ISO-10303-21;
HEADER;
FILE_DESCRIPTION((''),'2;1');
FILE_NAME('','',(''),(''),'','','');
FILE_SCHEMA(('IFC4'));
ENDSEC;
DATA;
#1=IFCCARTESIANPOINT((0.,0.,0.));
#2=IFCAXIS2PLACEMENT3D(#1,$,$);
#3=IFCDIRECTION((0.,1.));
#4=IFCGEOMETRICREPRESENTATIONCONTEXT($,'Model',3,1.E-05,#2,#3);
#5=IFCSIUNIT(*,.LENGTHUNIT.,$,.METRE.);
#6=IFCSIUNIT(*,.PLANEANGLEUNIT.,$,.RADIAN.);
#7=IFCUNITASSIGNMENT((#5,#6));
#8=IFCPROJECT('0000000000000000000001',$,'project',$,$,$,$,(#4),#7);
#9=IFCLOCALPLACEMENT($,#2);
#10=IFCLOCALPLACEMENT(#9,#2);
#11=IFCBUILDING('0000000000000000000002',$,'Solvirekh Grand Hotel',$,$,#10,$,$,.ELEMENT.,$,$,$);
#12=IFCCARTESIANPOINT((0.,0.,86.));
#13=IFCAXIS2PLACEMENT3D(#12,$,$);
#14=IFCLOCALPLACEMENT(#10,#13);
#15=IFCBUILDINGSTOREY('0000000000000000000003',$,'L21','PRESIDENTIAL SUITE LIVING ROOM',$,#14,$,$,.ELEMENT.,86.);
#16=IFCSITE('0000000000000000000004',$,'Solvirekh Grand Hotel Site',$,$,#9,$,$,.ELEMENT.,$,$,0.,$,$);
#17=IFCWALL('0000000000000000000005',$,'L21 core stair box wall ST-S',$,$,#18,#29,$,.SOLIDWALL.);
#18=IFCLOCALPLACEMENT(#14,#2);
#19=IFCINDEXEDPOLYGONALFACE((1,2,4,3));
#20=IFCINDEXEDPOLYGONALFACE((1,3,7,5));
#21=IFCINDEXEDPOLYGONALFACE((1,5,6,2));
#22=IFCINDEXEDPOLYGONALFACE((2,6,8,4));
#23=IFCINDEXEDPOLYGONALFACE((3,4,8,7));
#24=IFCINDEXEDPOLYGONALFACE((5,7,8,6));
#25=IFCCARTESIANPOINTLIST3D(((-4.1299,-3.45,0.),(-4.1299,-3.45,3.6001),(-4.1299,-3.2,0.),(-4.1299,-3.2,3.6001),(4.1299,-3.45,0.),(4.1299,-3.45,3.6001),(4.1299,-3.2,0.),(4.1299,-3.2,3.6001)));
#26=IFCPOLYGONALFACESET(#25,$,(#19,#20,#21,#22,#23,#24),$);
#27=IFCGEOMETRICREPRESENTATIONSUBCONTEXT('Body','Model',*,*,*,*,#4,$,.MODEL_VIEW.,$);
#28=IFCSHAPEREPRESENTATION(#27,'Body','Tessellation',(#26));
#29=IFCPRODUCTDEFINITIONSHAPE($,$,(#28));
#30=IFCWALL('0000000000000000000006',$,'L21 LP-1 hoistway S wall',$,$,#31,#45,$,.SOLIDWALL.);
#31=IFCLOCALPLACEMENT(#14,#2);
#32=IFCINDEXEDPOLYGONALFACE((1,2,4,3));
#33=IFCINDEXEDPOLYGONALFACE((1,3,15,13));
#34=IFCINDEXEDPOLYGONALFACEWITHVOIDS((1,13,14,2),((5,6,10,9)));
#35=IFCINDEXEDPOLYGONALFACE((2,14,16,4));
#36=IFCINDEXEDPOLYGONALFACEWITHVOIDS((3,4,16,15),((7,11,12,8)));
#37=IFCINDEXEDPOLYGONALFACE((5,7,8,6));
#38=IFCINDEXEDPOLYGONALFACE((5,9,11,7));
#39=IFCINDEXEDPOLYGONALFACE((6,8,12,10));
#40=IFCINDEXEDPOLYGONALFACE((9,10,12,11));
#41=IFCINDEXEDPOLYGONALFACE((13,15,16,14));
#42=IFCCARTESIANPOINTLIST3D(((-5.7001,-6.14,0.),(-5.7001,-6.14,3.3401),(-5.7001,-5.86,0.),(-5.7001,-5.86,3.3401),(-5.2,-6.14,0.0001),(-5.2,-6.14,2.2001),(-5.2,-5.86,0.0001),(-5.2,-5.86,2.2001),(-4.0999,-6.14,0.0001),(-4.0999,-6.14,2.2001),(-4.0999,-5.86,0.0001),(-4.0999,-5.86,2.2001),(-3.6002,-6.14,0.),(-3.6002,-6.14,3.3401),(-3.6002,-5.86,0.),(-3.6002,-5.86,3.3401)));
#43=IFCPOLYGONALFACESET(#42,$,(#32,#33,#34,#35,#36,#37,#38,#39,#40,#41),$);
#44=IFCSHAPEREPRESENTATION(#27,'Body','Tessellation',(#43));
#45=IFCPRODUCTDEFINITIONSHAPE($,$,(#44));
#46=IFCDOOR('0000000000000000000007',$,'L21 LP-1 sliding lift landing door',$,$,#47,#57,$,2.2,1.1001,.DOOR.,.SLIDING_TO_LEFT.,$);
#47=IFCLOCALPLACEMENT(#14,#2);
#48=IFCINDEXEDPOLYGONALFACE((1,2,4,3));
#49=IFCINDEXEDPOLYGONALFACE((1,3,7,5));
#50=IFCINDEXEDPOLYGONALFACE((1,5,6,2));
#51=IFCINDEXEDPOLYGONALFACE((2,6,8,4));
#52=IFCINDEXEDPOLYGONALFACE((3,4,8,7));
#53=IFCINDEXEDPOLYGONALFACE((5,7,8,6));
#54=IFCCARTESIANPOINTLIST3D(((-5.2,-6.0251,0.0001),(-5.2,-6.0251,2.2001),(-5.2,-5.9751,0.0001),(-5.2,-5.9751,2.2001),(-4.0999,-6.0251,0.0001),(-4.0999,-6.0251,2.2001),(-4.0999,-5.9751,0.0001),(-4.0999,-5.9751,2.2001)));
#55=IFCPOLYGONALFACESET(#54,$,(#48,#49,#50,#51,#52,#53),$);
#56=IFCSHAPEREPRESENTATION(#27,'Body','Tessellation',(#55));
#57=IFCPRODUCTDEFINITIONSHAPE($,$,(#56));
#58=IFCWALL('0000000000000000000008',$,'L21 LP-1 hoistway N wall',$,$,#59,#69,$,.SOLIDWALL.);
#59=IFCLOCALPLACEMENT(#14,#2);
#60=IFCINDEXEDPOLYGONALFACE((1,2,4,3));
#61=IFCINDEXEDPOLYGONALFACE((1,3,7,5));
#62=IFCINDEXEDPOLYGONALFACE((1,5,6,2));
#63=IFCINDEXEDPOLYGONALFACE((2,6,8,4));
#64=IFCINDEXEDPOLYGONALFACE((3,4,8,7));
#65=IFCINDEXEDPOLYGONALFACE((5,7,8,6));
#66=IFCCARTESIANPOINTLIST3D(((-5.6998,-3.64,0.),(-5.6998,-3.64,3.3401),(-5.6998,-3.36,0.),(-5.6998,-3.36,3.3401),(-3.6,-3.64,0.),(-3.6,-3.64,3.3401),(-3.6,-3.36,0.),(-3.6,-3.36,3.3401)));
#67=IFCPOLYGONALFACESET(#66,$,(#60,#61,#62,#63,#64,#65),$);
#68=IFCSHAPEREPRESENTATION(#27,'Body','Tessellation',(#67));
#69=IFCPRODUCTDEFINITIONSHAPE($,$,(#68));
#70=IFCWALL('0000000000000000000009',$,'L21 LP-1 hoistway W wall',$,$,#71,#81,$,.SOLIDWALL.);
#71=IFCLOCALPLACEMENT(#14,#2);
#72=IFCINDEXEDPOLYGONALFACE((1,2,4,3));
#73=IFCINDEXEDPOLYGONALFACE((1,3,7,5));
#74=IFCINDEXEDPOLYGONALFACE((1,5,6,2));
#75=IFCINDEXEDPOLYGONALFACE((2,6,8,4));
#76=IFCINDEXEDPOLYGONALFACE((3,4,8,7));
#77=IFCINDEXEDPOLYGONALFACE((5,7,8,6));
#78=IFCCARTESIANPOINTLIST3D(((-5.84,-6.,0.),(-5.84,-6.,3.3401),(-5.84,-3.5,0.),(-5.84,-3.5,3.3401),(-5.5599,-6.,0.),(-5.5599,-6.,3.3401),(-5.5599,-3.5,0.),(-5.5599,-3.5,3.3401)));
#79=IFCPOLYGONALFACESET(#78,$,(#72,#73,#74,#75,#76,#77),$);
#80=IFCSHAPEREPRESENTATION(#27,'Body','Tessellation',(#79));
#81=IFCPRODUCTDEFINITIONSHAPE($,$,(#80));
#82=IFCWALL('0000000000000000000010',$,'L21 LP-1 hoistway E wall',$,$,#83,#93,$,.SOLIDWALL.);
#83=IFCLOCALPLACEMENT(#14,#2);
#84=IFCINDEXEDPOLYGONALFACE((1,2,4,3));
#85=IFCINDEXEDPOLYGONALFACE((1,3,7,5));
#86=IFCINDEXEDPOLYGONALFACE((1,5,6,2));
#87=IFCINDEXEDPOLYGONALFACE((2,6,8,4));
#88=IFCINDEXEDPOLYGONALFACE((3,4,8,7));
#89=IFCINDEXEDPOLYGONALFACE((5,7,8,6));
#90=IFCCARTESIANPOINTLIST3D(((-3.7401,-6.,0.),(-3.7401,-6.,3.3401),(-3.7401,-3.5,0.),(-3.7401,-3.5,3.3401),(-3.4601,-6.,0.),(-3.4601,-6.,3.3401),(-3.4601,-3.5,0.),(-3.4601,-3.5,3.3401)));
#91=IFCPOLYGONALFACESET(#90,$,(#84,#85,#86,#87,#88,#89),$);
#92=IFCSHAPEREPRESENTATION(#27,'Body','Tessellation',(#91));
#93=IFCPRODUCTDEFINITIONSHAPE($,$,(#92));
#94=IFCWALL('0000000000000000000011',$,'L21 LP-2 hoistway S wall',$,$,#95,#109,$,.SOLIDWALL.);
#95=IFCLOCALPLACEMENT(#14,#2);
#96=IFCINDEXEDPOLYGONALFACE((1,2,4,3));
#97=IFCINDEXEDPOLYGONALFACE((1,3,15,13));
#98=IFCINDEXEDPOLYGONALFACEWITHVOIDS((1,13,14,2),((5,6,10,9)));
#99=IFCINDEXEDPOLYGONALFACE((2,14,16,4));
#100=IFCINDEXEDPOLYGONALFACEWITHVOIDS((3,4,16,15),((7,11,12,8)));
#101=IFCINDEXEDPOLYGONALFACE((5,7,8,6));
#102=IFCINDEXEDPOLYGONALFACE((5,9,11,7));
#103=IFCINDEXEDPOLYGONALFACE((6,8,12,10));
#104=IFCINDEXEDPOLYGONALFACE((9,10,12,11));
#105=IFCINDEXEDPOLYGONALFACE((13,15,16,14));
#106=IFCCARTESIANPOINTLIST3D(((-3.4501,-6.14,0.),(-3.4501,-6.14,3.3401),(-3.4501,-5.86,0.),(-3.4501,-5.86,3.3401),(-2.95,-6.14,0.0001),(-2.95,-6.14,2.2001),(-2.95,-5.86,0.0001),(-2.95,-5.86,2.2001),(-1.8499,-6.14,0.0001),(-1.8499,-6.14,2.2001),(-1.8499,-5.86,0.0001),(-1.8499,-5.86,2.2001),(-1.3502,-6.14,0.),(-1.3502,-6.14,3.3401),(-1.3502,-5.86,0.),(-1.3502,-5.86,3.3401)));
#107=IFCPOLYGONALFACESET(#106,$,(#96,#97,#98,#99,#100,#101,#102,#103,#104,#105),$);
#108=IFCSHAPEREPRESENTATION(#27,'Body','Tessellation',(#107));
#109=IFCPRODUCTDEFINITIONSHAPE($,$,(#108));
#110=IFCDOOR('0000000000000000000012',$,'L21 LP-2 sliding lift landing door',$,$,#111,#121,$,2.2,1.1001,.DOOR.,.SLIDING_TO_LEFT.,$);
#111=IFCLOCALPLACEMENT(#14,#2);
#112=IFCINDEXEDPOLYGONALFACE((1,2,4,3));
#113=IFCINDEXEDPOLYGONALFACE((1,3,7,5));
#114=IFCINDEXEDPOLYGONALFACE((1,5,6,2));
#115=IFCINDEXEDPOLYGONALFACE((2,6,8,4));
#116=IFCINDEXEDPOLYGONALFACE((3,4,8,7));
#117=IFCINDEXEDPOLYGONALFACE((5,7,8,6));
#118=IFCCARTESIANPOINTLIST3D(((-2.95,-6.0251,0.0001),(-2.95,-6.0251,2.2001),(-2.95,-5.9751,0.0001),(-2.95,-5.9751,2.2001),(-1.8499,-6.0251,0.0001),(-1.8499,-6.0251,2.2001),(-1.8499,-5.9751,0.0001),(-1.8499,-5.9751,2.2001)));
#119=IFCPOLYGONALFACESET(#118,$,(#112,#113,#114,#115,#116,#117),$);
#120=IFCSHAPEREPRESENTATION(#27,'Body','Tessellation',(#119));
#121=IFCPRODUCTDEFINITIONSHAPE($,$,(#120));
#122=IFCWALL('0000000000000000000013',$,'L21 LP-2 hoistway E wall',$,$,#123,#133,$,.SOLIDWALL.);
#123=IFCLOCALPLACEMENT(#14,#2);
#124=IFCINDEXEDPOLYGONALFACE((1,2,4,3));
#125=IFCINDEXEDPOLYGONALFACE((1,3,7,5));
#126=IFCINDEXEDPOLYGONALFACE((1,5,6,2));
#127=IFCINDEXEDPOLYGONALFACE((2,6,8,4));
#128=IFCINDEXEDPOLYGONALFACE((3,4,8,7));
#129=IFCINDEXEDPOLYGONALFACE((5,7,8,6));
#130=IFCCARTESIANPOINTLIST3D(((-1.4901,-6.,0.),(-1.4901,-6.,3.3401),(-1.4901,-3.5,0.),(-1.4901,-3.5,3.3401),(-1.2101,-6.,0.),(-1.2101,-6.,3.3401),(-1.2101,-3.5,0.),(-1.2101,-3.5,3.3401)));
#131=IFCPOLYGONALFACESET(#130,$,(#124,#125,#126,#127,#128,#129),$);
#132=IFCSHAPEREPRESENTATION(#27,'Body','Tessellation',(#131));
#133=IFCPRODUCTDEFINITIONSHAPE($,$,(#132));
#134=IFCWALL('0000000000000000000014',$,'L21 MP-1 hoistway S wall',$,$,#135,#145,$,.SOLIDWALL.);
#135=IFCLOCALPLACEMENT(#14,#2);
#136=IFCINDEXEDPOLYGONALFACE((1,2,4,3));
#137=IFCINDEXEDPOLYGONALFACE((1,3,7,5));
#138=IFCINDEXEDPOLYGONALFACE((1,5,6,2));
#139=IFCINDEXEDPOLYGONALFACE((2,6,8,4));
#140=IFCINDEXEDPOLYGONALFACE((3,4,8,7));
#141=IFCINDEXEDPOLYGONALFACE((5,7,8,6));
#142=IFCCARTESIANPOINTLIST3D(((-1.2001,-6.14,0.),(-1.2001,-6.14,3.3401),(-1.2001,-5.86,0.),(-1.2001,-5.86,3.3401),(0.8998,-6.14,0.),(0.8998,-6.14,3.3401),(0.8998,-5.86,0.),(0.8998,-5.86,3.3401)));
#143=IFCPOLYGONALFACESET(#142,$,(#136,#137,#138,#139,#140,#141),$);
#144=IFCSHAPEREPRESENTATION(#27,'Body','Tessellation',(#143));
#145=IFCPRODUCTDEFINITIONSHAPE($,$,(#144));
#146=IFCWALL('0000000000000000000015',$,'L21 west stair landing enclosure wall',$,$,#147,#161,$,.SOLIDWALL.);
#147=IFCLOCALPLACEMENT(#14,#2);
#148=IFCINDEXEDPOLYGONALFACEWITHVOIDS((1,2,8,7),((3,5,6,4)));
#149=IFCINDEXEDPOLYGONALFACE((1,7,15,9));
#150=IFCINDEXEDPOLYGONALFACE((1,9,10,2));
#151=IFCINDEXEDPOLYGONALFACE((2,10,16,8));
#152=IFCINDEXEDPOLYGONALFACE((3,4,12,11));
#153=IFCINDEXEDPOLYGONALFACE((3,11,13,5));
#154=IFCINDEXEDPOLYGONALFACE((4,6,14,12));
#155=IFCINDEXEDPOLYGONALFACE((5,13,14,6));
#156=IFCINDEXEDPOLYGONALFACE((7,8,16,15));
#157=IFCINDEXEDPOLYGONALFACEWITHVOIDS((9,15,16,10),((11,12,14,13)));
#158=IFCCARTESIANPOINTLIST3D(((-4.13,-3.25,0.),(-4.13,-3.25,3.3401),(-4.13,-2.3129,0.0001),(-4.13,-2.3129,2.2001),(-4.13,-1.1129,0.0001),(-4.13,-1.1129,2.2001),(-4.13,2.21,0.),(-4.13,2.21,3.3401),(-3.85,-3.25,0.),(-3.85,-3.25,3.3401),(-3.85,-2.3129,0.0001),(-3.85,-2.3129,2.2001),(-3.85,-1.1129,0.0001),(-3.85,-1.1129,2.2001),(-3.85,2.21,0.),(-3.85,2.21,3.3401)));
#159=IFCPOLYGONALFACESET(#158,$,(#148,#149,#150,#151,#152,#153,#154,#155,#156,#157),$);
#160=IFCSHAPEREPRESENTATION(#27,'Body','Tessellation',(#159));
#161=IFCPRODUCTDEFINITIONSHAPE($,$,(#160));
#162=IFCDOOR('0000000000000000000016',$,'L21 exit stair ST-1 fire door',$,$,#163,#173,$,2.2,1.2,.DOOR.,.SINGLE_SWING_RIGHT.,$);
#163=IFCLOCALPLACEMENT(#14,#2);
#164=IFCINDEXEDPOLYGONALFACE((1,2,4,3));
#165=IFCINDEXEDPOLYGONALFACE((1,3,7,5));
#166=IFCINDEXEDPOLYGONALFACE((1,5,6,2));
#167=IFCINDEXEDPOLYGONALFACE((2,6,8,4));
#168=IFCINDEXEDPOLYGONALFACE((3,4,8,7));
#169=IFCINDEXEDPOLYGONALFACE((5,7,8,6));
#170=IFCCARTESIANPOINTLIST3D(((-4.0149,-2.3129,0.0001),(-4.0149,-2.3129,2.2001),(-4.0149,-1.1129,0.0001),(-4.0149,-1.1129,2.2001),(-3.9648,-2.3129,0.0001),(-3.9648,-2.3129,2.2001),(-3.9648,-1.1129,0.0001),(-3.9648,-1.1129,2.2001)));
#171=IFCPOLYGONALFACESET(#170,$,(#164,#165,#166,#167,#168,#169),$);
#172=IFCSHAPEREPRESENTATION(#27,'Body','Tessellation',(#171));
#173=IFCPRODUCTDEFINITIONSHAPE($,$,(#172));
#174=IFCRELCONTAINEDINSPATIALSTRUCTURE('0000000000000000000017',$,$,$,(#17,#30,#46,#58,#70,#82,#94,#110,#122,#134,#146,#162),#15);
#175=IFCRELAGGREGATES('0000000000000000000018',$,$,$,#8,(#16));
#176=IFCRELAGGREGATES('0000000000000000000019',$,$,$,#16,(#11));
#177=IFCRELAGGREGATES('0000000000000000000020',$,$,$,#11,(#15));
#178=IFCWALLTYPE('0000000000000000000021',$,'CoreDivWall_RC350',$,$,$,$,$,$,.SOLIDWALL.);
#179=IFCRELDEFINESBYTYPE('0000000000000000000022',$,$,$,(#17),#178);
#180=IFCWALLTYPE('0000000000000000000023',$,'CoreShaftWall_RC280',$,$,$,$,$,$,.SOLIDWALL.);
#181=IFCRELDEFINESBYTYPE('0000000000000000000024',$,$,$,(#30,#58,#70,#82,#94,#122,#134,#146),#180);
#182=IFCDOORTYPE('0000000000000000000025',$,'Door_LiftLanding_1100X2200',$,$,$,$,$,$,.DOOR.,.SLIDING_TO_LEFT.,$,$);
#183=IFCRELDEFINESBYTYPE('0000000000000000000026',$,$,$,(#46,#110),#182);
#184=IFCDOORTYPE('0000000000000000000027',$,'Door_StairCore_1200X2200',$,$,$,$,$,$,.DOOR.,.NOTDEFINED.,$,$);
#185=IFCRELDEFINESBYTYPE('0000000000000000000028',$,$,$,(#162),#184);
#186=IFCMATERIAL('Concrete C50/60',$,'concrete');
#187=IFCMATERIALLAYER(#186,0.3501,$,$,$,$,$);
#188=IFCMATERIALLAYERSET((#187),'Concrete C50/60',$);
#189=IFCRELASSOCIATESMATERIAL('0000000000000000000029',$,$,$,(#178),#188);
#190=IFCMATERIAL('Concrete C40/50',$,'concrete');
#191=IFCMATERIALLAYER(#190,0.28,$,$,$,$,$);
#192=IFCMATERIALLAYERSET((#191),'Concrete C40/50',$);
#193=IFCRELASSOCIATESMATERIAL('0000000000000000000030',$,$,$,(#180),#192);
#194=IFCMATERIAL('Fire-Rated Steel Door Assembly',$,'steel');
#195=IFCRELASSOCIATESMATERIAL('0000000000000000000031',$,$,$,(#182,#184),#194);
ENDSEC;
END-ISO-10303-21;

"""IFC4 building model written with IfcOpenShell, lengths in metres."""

from ifc_helpers import new_model, si_unit, direction, frame, frame_2d, origin, place, context, subcontext, project, spatial, rectangle, extrude, material, layer, layer_set, type_object, element, fill, save


model = new_model("IFC4")

# Units and contexts
model_context = context("Model", 3, precision=1e-05, world=origin(), true_north=direction((0.0, 1.0)))
body_context = subcontext(model_context, "Body", "Model", "MODEL_VIEW")
ifc_project = project(units=[si_unit("LENGTHUNIT", "METRE"), si_unit("PLANEANGLEUNIT", "RADIAN")], contexts=[model_context])

# Site, building, storey
site_placement = place(None, origin())
site = spatial("IfcSite", under=ifc_project, at=site_placement, Name="Solvirekh Grand Hotel Site", CompositionType="ELEMENT", RefElevation=0.0)
building_placement = place(site_placement, origin())
building = spatial("IfcBuilding", under=site, at=building_placement, Name="Solvirekh Grand Hotel", CompositionType="ELEMENT")
storey_placement = place(building_placement, frame((0.0, 0.0, 86.0)))
storey = spatial("IfcBuildingStorey", under=building, at=storey_placement, Name="L21", Description="PRESIDENTIAL SUITE LIVING ROOM", CompositionType="ELEMENT", Elevation=86.0)

# Shared definitions
ifc_material_1 = material(Name="Concrete C50/60", Category="concrete")

# Wall
ifc_layer_1 = layer(ifc_material_1, 0.3501)
ifc_layer_set_1 = layer_set([ifc_layer_1], Name="Concrete C50/60")
wall_type_1 = type_object("IfcWallType", Name="CoreDivWall_RC350", PredefinedType="SOLIDWALL", material=ifc_layer_set_1)
wall_1_placement = place(storey_placement, frame((-4.1299, -3.325, 0.0), z_axis=(0.0, 0.0, 1.0), x_axis=(1.0, 0.0, 0.0)))
element("IfcWall", 1, at=wall_1_placement, inside=storey, type_object=wall_type_1, Name="L21 core stair box wall ST-S", PredefinedType="SOLIDWALL", context=body_context, shape_type="SweptSolid", body=[
    extrude(rectangle(XDim=8.2598, YDim=0.25, at=frame_2d((4.1299, 0.0))), origin(), (0.0, 0.0, 1.0), 3.6001),
])

# Wall, opening, door
ifc_material_2 = material(Name="Concrete C40/50", Category="concrete")
ifc_layer_2 = layer(ifc_material_2, 0.28)
ifc_layer_set_2 = layer_set([ifc_layer_2], Name="Concrete C40/50")
wall_type_2 = type_object("IfcWallType", Name="CoreShaftWall_RC280", PredefinedType="SOLIDWALL", material=ifc_layer_set_2)
wall_2_placement = place(storey_placement, frame((-5.7, -6.0, 0.0), z_axis=(0.0, 0.0, 1.0), x_axis=(1.0, 0.0, 0.0)))
wall_2 = element("IfcWall", 2, at=wall_2_placement, inside=storey, type_object=wall_type_2, Name="L21 LP-1 hoistway S wall", PredefinedType="SOLIDWALL", context=body_context, shape_type="SweptSolid", body=[
    extrude(rectangle(XDim=2.0999, YDim=0.28, at=frame_2d((1.0498, 0.0))), origin(), (0.0, 0.0, 1.0), 3.3401),
])
opening_1_placement = place(wall_2_placement, frame((0.5, 0.0, 0.0)))
opening_1 = element("IfcOpeningElement", 3, at=opening_1_placement, cuts=wall_2, PredefinedType="OPENING", context=body_context, shape_type="SweptSolid", body=[
    extrude(rectangle(XDim=1.1001, YDim=2.2, at=frame_2d((0.55, 1.1001))), frame((0.0, 0.1499, 0.0), z_axis=(0.0, -1.0, 0.0), x_axis=(1.0, 0.0, 0.0)), (0.0, 0.0, 1.0), 0.3),
])
ifc_material_3 = material(Name="Fire-Rated Steel Door Assembly", Category="steel")
door_type_1 = type_object("IfcDoorType", Name="Door_LiftLanding_1100X2200", OperationType="SLIDING_TO_LEFT", PredefinedType="DOOR", material=ifc_material_3)
door_1_placement = place(opening_1_placement, origin())
door_1 = element("IfcDoor", 4, at=door_1_placement, inside=storey, type_object=door_type_1, Name="L21 LP-1 sliding lift landing door", OperationType="SLIDING_TO_LEFT", OverallHeight=2.2, OverallWidth=1.1001, PredefinedType="DOOR", context=body_context, shape_type="SweptSolid", body=[
    extrude(rectangle(XDim=1.1001, YDim=2.2, at=frame_2d((0.55, 1.1001))), frame((0.0, 0.0249, 0.0), z_axis=(0.0, -1.0, 0.0), x_axis=(1.0, 0.0, 0.0)), (0.0, 0.0, 1.0), 0.05),
])
fill(opening_1, door_1)

# Walls
wall_3_placement = place(storey_placement, frame((-3.6001, -3.5, 0.0), z_axis=(0.0, 0.0, 1.0), x_axis=(-1.0, 0.0, 0.0)))
element("IfcWall", 5, at=wall_3_placement, inside=storey, type_object=wall_type_2, Name="L21 LP-1 hoistway N wall", PredefinedType="SOLIDWALL", context=body_context, shape_type="SweptSolid", body=[
    extrude(rectangle(XDim=2.0999, YDim=0.28, at=frame_2d((1.0498, 0.0))), origin(), (0.0, 0.0, 1.0), 3.3401),
])
for number, where, z_axis, x_axis, name in (
    (6, (-5.7, -3.5, 0.0), (0.0, 0.0, 1.0), (0.0, -1.0, 0.0), "L21 LP-1 hoistway W wall"),
    (7, (-3.6001, -6.0, 0.0), (0.0, 0.0, 1.0), (0.0, 1.0, 0.0), "L21 LP-1 hoistway E wall"),
):
    element("IfcWall", number, at=place(storey_placement, frame(where, z_axis=z_axis, x_axis=x_axis)), inside=storey, type_object=wall_type_2, Name=name, PredefinedType="SOLIDWALL", context=body_context, shape_type="SweptSolid", body=[
        extrude(rectangle(XDim=2.5, YDim=0.28, at=frame_2d((1.25, 0.0))), origin(), (0.0, 0.0, 1.0), 3.3401),
    ])

# Wall, opening, door
wall_4_placement = place(storey_placement, frame((-3.45, -6.0, 0.0), z_axis=(0.0, 0.0, 1.0), x_axis=(1.0, 0.0, 0.0)))
wall_4 = element("IfcWall", 8, at=wall_4_placement, inside=storey, type_object=wall_type_2, Name="L21 LP-2 hoistway S wall", PredefinedType="SOLIDWALL", context=body_context, shape_type="SweptSolid", body=[
    extrude(rectangle(XDim=2.0999, YDim=0.28, at=frame_2d((1.0498, 0.0))), origin(), (0.0, 0.0, 1.0), 3.3401),
])
opening_2_placement = place(wall_4_placement, frame((0.5, 0.0, 0.0)))
opening_2 = element("IfcOpeningElement", 9, at=opening_2_placement, cuts=wall_4, PredefinedType="OPENING", context=body_context, shape_type="SweptSolid", body=[
    extrude(rectangle(XDim=1.1001, YDim=2.2, at=frame_2d((0.55, 1.1001))), frame((0.0, 0.1499, 0.0), z_axis=(0.0, -1.0, 0.0), x_axis=(1.0, 0.0, 0.0)), (0.0, 0.0, 1.0), 0.3),
])
door_2_placement = place(opening_2_placement, origin())
door_2 = element("IfcDoor", 10, at=door_2_placement, inside=storey, type_object=door_type_1, Name="L21 LP-2 sliding lift landing door", OperationType="SLIDING_TO_LEFT", OverallHeight=2.2, OverallWidth=1.1001, PredefinedType="DOOR", context=body_context, shape_type="SweptSolid", body=[
    extrude(rectangle(XDim=1.1001, YDim=2.2, at=frame_2d((0.55, 1.1001))), frame((0.0, 0.0249, 0.0), z_axis=(0.0, -1.0, 0.0), x_axis=(1.0, 0.0, 0.0)), (0.0, 0.0, 1.0), 0.05),
])
fill(opening_2, door_2)

# Walls
wall_5_placement = place(storey_placement, frame((-1.3501, -6.0, 0.0), z_axis=(0.0, 0.0, 1.0), x_axis=(0.0, 1.0, 0.0)))
element("IfcWall", 11, at=wall_5_placement, inside=storey, type_object=wall_type_2, Name="L21 LP-2 hoistway E wall", PredefinedType="SOLIDWALL", context=body_context, shape_type="SweptSolid", body=[
    extrude(rectangle(XDim=2.5, YDim=0.28, at=frame_2d((1.25, 0.0))), origin(), (0.0, 0.0, 1.0), 3.3401),
])
wall_6_placement = place(storey_placement, frame((-1.2, -6.0, 0.0), z_axis=(0.0, 0.0, 1.0), x_axis=(1.0, 0.0, 0.0)))
element("IfcWall", 12, at=wall_6_placement, inside=storey, type_object=wall_type_2, Name="L21 MP-1 hoistway S wall", PredefinedType="SOLIDWALL", context=body_context, shape_type="SweptSolid", body=[
    extrude(rectangle(XDim=2.0999, YDim=0.28, at=frame_2d((1.0498, 0.0))), origin(), (0.0, 0.0, 1.0), 3.3401),
])

# Wall, opening, door
wall_7_placement = place(storey_placement, frame((-3.99, -3.25, 0.0), z_axis=(0.0, 0.0, 1.0), x_axis=(0.0, 1.0, 0.0)))
wall_7 = element("IfcWall", 13, at=wall_7_placement, inside=storey, type_object=wall_type_2, Name="L21 west stair landing enclosure wall", PredefinedType="SOLIDWALL", context=body_context, shape_type="SweptSolid", body=[
    extrude(rectangle(XDim=5.46, YDim=0.28, at=frame_2d((2.73, 0.0))), origin(), (0.0, 0.0, 1.0), 3.3401),
])
opening_3_placement = place(wall_7_placement, frame((0.937, 0.0, 0.0)))
opening_3 = element("IfcOpeningElement", 14, at=opening_3_placement, cuts=wall_7, PredefinedType="OPENING", context=body_context, shape_type="SweptSolid", body=[
    extrude(rectangle(XDim=1.2, YDim=2.2, at=frame_2d((0.6001, 1.1001))), frame((0.0, 0.1499, 0.0), z_axis=(0.0, -1.0, 0.0), x_axis=(1.0, 0.0, 0.0)), (0.0, 0.0, 1.0), 0.3),
])
door_type_2 = type_object("IfcDoorType", Name="Door_StairCore_1200X2200", OperationType="NOTDEFINED", PredefinedType="DOOR", material=ifc_material_3)
door_3_placement = place(opening_3_placement, origin())
door_3 = element("IfcDoor", 15, at=door_3_placement, inside=storey, type_object=door_type_2, Name="L21 exit stair ST-1 fire door", OperationType="SINGLE_SWING_RIGHT", OverallHeight=2.2, OverallWidth=1.2, PredefinedType="DOOR", context=body_context, shape_type="SweptSolid", body=[
    extrude(rectangle(XDim=1.2, YDim=2.2, at=frame_2d((0.6001, 1.1001))), frame((0.0, 0.0249, 0.0), z_axis=(0.0, -1.0, 0.0), x_axis=(1.0, 0.0, 0.0)), (0.0, 0.0, 1.0), 0.05),
])
fill(opening_3, door_3)

save(model, "model.ifc")
